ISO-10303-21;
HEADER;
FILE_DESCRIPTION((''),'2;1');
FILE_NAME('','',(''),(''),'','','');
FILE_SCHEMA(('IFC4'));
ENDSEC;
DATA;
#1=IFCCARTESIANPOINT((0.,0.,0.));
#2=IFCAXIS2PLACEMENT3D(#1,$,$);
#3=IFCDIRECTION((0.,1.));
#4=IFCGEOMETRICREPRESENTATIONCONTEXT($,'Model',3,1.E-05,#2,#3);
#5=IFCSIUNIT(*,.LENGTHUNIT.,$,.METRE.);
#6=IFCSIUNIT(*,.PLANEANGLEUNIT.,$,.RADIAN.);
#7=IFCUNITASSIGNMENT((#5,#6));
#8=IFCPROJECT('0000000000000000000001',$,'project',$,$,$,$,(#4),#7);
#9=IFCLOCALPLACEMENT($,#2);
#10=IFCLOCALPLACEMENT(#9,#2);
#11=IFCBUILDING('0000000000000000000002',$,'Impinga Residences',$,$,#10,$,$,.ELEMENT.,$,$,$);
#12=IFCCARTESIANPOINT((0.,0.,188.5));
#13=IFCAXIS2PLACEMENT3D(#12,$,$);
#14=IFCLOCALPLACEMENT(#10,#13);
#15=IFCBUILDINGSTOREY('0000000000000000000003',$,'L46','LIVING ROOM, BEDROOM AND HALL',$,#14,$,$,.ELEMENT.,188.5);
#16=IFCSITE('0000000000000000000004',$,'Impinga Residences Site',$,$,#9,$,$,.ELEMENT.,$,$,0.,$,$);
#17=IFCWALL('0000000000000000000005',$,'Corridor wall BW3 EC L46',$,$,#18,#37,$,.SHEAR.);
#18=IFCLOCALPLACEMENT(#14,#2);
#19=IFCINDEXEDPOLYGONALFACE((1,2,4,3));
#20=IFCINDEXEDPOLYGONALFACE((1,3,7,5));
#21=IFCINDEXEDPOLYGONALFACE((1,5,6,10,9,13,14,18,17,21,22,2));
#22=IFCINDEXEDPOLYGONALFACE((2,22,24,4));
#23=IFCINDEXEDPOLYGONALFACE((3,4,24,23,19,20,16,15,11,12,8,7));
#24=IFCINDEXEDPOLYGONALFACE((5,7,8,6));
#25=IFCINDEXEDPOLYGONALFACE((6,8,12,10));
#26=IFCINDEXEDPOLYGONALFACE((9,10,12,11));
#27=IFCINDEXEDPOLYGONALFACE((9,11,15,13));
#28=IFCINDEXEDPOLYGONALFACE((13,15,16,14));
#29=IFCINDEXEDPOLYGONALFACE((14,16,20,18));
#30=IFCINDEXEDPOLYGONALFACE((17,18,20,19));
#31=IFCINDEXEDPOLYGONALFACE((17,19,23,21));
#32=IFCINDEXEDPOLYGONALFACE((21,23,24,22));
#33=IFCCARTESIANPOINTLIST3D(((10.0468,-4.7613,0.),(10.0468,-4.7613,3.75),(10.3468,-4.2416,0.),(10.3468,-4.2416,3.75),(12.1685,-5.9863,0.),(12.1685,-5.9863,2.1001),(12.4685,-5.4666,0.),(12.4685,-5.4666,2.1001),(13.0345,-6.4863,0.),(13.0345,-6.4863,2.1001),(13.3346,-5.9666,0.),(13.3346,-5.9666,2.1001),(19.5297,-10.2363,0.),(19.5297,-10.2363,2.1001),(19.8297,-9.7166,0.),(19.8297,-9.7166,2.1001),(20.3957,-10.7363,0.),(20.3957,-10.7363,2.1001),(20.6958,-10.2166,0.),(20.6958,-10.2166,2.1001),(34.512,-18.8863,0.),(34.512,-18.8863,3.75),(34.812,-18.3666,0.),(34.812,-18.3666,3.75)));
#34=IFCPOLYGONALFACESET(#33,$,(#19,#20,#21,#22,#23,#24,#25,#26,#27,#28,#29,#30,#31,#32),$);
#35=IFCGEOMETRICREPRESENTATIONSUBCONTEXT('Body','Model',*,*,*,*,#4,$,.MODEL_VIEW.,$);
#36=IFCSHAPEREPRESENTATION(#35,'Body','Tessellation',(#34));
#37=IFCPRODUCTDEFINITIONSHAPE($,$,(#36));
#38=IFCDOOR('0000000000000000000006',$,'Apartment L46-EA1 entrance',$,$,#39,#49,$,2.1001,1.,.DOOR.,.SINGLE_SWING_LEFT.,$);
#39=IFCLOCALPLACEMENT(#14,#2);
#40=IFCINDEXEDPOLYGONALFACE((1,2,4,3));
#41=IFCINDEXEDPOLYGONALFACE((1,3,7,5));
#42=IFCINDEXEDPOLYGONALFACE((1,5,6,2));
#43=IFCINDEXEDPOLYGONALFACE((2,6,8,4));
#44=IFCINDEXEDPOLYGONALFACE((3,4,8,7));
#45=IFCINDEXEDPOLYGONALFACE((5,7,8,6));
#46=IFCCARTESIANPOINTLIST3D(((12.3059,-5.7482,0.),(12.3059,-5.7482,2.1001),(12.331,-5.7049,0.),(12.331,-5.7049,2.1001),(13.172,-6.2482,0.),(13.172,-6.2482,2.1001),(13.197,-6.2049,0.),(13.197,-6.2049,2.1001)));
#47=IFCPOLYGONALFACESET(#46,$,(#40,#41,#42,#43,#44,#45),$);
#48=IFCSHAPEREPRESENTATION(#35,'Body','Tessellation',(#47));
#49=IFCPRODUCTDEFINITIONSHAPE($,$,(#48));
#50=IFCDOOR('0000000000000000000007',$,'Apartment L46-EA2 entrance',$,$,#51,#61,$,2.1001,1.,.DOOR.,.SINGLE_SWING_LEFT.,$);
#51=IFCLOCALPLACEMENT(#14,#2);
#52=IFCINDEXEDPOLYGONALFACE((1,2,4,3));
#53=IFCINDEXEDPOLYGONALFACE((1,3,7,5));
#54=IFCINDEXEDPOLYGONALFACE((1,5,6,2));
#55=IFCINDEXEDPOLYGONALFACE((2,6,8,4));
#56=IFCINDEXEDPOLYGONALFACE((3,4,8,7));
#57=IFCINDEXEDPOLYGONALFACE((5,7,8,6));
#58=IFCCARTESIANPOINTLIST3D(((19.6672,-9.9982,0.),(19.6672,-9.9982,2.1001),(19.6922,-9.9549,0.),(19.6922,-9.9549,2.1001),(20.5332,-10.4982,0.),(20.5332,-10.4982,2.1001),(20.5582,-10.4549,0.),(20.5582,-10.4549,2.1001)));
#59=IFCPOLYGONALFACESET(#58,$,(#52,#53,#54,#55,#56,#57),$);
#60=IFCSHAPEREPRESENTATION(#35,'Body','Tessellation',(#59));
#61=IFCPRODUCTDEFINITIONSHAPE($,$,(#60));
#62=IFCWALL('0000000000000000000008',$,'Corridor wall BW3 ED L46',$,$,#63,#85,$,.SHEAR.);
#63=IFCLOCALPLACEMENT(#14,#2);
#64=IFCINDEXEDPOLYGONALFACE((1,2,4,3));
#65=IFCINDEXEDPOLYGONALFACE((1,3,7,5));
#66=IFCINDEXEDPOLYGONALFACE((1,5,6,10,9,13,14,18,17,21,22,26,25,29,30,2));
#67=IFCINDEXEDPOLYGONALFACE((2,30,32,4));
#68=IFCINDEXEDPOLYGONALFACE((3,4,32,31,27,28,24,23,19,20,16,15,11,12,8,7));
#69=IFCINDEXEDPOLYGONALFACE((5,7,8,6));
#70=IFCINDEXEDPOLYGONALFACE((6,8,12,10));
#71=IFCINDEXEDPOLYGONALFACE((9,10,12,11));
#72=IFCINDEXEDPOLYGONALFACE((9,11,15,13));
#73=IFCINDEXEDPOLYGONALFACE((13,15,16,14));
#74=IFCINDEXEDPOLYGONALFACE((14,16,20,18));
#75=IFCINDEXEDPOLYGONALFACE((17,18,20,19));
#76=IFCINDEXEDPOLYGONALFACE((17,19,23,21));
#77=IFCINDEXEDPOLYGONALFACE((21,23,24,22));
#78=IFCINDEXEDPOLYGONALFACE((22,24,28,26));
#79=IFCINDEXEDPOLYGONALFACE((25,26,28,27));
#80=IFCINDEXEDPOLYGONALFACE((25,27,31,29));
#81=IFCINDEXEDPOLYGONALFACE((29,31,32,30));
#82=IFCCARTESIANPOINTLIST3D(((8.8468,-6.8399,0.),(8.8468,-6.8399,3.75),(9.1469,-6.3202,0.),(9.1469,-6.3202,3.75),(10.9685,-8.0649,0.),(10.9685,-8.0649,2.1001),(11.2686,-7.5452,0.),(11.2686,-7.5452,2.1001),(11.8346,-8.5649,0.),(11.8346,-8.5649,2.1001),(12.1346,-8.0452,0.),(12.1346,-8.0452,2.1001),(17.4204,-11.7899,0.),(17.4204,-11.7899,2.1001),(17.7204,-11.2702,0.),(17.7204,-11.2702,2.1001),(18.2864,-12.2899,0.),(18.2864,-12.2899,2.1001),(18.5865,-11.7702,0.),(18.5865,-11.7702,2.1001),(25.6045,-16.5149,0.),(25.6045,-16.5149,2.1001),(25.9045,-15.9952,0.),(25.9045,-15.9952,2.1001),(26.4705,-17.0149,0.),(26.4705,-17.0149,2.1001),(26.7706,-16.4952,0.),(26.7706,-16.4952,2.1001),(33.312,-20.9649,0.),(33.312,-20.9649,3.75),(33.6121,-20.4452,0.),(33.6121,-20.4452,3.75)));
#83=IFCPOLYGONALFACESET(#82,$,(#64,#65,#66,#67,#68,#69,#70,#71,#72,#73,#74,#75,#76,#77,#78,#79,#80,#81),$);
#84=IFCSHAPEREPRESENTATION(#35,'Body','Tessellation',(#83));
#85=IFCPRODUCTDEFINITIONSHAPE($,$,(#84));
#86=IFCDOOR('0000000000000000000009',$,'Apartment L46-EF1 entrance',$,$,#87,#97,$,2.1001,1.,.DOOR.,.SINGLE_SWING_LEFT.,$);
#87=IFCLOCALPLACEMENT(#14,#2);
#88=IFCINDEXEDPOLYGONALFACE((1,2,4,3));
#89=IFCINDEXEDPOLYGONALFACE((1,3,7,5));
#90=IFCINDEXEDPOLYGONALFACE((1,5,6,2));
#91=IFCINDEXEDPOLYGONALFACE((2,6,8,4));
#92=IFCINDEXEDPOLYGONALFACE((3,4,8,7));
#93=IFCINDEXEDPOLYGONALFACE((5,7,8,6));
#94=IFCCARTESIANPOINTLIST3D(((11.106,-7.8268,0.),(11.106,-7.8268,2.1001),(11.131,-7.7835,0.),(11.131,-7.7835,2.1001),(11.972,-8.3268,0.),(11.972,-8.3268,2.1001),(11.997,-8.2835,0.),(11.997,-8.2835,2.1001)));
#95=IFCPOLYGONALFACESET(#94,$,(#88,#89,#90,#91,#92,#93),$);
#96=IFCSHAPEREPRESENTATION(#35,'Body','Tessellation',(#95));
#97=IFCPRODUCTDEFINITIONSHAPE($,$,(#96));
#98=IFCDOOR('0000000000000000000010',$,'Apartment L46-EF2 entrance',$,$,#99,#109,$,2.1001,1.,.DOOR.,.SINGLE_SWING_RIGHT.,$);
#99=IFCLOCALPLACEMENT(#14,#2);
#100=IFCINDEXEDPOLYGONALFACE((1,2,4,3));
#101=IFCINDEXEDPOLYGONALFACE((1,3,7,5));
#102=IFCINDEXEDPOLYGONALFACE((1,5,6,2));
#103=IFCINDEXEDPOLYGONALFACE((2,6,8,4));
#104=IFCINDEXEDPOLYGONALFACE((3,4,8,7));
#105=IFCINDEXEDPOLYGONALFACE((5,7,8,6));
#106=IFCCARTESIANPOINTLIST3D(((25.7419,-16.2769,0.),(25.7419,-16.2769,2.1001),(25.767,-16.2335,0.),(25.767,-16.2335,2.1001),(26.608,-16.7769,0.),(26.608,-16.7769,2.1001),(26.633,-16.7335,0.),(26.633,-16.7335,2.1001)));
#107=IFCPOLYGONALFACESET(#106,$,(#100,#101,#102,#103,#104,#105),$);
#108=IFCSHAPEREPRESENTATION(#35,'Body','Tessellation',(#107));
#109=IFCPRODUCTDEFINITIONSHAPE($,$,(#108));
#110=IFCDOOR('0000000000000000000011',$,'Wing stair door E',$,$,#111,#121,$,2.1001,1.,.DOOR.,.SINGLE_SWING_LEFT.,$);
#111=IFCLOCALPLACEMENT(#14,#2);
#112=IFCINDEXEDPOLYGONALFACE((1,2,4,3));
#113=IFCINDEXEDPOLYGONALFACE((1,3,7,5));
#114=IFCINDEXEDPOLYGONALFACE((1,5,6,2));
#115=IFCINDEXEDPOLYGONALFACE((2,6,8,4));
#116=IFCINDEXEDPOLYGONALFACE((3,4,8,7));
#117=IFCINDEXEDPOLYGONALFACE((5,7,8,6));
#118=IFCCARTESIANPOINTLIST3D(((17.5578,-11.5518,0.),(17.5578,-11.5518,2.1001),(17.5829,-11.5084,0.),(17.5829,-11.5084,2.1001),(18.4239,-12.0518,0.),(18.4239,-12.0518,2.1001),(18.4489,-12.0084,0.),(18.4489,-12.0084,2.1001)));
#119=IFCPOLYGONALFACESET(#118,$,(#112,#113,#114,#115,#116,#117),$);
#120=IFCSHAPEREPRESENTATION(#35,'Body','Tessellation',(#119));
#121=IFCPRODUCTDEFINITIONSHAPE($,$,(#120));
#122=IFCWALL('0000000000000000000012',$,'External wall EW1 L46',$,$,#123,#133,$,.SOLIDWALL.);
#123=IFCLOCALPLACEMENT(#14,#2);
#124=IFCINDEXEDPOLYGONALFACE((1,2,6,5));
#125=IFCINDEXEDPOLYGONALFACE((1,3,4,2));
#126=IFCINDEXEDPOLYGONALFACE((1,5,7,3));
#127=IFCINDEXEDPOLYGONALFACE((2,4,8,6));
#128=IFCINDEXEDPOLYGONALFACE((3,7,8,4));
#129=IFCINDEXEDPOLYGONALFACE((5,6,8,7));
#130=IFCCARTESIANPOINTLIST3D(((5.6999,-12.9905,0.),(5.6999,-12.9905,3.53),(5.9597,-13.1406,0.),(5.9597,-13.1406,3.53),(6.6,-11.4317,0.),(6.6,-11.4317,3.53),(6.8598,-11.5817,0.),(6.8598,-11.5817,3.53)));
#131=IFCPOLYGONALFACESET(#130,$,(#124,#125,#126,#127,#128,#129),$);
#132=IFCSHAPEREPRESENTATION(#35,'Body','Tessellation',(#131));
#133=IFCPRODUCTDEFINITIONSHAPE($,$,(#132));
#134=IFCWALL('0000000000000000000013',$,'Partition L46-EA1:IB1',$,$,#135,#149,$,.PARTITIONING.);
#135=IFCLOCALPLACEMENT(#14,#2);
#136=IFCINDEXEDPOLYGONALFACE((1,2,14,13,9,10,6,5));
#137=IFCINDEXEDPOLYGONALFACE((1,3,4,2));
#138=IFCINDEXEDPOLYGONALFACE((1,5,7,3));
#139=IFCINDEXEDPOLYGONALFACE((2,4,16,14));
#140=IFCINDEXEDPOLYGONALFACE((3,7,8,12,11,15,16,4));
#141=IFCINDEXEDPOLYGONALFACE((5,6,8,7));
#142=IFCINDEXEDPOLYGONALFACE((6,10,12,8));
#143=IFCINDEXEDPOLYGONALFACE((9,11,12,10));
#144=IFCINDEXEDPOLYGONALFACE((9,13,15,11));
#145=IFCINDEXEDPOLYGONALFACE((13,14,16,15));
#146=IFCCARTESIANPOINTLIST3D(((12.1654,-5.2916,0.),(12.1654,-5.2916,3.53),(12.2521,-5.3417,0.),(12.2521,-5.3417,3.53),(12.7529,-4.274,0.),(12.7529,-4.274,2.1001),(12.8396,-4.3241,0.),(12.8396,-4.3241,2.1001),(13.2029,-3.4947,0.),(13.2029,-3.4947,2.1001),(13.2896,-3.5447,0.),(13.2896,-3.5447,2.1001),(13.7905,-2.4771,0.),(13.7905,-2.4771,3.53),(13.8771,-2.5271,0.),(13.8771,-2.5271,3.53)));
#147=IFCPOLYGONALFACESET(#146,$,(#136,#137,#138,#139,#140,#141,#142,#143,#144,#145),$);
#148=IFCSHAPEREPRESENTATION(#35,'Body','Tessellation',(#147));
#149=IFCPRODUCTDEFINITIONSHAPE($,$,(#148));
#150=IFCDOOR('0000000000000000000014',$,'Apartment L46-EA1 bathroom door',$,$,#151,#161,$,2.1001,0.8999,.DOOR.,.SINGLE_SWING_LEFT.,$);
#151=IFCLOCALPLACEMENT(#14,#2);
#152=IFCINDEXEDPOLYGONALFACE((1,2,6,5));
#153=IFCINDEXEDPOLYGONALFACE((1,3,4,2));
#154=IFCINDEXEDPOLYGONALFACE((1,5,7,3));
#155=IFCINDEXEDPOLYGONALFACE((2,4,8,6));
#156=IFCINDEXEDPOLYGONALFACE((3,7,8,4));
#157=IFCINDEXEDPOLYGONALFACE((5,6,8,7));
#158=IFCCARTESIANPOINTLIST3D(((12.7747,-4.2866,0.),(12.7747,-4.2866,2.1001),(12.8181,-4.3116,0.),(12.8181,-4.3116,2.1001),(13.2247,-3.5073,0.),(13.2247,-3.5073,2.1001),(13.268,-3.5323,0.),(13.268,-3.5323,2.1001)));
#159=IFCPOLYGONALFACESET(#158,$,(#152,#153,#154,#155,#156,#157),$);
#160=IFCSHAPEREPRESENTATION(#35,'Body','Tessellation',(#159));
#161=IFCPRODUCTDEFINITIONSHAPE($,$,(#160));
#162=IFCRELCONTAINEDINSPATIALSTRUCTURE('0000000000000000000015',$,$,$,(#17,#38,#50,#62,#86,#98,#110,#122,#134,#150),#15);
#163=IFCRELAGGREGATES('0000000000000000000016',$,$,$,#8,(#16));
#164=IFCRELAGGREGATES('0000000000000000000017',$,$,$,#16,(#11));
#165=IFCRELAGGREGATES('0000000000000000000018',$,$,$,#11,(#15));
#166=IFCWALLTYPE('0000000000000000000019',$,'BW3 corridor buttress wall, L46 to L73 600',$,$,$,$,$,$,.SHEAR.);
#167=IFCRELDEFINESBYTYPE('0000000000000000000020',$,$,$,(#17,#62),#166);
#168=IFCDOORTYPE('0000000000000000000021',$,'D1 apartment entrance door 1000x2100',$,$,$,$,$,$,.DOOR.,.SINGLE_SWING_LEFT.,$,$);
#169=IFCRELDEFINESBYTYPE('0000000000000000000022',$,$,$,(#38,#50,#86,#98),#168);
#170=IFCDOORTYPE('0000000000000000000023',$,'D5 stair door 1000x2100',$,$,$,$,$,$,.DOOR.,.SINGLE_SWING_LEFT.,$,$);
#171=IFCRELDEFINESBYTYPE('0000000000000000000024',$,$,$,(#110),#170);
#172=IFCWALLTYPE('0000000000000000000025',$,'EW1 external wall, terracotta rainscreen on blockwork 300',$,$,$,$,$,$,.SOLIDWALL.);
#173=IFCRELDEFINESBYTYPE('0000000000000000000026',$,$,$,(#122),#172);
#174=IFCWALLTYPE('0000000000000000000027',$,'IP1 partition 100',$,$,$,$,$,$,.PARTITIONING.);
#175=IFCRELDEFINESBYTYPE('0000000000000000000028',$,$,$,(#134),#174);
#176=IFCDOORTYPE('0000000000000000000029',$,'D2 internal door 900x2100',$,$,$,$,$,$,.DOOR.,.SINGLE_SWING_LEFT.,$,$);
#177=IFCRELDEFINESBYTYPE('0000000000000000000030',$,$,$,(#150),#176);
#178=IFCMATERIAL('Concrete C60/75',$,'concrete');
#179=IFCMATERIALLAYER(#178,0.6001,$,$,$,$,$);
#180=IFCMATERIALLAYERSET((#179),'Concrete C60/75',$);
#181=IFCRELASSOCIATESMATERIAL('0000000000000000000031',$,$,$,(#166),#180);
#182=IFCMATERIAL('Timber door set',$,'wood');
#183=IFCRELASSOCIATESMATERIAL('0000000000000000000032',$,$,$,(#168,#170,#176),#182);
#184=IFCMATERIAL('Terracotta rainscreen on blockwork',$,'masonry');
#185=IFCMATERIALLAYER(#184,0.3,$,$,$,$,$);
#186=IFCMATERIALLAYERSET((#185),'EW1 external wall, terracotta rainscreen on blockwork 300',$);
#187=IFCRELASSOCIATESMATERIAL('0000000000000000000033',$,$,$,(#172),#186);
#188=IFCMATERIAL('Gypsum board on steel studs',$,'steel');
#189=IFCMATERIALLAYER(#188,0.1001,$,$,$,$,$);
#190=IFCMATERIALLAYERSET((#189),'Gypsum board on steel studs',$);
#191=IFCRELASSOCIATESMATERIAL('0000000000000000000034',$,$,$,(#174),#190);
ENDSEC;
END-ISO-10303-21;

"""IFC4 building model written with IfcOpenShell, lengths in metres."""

from ifc_helpers import new_model, si_unit, direction, frame, frame_2d, origin, place, context, subcontext, project, spatial, rectangle, extrude, material, layer, layer_set, type_object, element, fill, save


model = new_model("IFC4")

# Units and contexts
model_context = context("Model", 3, precision=1e-05, world=origin(), true_north=direction((0.0, 1.0)))
body_context = subcontext(model_context, "Body", "Model", "MODEL_VIEW")
ifc_project = project(units=[si_unit("LENGTHUNIT", "METRE"), si_unit("PLANEANGLEUNIT", "RADIAN")], contexts=[model_context])

# Site, building, storey
site_placement = place(None, origin())
site = spatial("IfcSite", under=ifc_project, at=site_placement, Name="Impinga Residences Site", CompositionType="ELEMENT", RefElevation=0.0)
building_placement = place(site_placement, origin())
building = spatial("IfcBuilding", under=site, at=building_placement, Name="Impinga Residences", CompositionType="ELEMENT")
storey_placement = place(building_placement, frame((0.0, 0.0, 188.5)))
storey = spatial("IfcBuildingStorey", under=building, at=storey_placement, Name="L46", Description="LIVING ROOM, BEDROOM AND HALL", CompositionType="ELEMENT", Elevation=188.5)

# Walls, openings, doors
ifc_material_1 = material(Name="Concrete C60/75", Category="concrete")
ifc_layer_1 = layer(ifc_material_1, 0.6001)
ifc_layer_set_1 = layer_set([ifc_layer_1], Name="Concrete C60/75")
wall_type_1 = type_object("IfcWallType", Name="BW3 corridor buttress wall, L46 to L73 600", PredefinedType="SHEAR", material=ifc_layer_set_1)
wall_1_placement = place(storey_placement, frame((10.1968, -4.5015, 0.0), z_axis=(0.0, 0.0, 1.0), x_axis=(0.866026, -0.499998, 0.0)))
wall_1 = element("IfcWall", 1, at=wall_1_placement, inside=storey, type_object=wall_type_1, Name="Corridor wall BW3 EC L46", PredefinedType="SHEAR", context=body_context, shape_type="SweptSolid", body=[
    extrude(rectangle(XDim=28.25, YDim=0.6001, at=frame_2d((14.125, 0.0))), origin(), (0.0, 0.0, 1.0), 3.75),
])
opening_1_placement = place(wall_1_placement, frame((2.45, 0.0, 0.0)))
opening_1 = element("IfcOpeningElement", 2, at=opening_1_placement, cuts=wall_1, PredefinedType="OPENING", context=body_context, shape_type="SweptSolid", body=[
    extrude(rectangle(XDim=1.0, YDim=2.1001, at=frame_2d((0.5, 1.05))), frame((0.0, 0.3101, 0.0), z_axis=(0.0, -1.0, 0.0), x_axis=(1.0, 0.0, 0.0)), (0.0, 0.0, 1.0), 0.6201),
])
opening_2_placement = place(wall_1_placement, frame((10.95, 0.0, 0.0)))
opening_2 = element("IfcOpeningElement", 3, at=opening_2_placement, cuts=wall_1, PredefinedType="OPENING", context=body_context, shape_type="SweptSolid", body=[
    extrude(rectangle(XDim=1.0, YDim=2.1001, at=frame_2d((0.5, 1.05))), frame((0.0, 0.3101, 0.0), z_axis=(0.0, -1.0, 0.0), x_axis=(1.0, 0.0, 0.0)), (0.0, 0.0, 1.0), 0.6201),
])
ifc_material_2 = material(Name="Timber door set", Category="wood")
door_type_1 = type_object("IfcDoorType", Name="D1 apartment entrance door 1000x2100", OperationType="SINGLE_SWING_LEFT", PredefinedType="DOOR", material=ifc_material_2)
door_1_placement = place(opening_1_placement, origin())
door_1 = element("IfcDoor", 4, at=door_1_placement, inside=storey, type_object=door_type_1, Name="Apartment L46-EA1 entrance", OperationType="SINGLE_SWING_LEFT", OverallHeight=2.1001, OverallWidth=1.0, PredefinedType="DOOR", context=body_context, shape_type="SweptSolid", body=[
    extrude(rectangle(XDim=1.0, YDim=2.1001, at=frame_2d((0.5, 1.05))), frame((0.0, 0.0249, 0.0), z_axis=(0.0, -1.0, 0.0), x_axis=(1.0, 0.0, 0.0)), (0.0, 0.0, 1.0), 0.05),
])
fill(opening_1, door_1)
door_2_placement = place(opening_2_placement, origin())
door_2 = element("IfcDoor", 5, at=door_2_placement, inside=storey, type_object=door_type_1, Name="Apartment L46-EA2 entrance", OperationType="SINGLE_SWING_LEFT", OverallHeight=2.1001, OverallWidth=1.0, PredefinedType="DOOR", context=body_context, shape_type="SweptSolid", body=[
    extrude(rectangle(XDim=1.0, YDim=2.1001, at=frame_2d((0.5, 1.05))), frame((0.0, 0.0249, 0.0), z_axis=(0.0, -1.0, 0.0), x_axis=(1.0, 0.0, 0.0)), (0.0, 0.0, 1.0), 0.05),
])
fill(opening_2, door_2)
wall_2_placement = place(storey_placement, frame((8.9968, -6.5801, 0.0), z_axis=(0.0, 0.0, 1.0), x_axis=(0.866026, -0.499998, 0.0)))
wall_2 = element("IfcWall", 6, at=wall_2_placement, inside=storey, type_object=wall_type_1, Name="Corridor wall BW3 ED L46", PredefinedType="SHEAR", context=body_context, shape_type="SweptSolid", body=[
    extrude(rectangle(XDim=28.25, YDim=0.6001, at=frame_2d((14.125, 0.0))), origin(), (0.0, 0.0, 1.0), 3.75),
])
opening_3_placement = place(wall_2_placement, frame((9.8999, 0.0, 0.0)))
opening_3 = element("IfcOpeningElement", 7, at=opening_3_placement, cuts=wall_2, PredefinedType="OPENING", context=body_context, shape_type="SweptSolid", body=[
    extrude(rectangle(XDim=1.0, YDim=2.1001, at=frame_2d((0.5, 1.05))), frame((0.0, 0.3101, 0.0), z_axis=(0.0, -1.0, 0.0), x_axis=(1.0, 0.0, 0.0)), (0.0, 0.0, 1.0), 0.6201),
])
opening_4_placement = place(wall_2_placement, frame((2.45, 0.0, 0.0)))
opening_4 = element("IfcOpeningElement", 8, at=opening_4_placement, cuts=wall_2, PredefinedType="OPENING", context=body_context, shape_type="SweptSolid", body=[
    extrude(rectangle(XDim=1.0, YDim=2.1001, at=frame_2d((0.5, 1.05))), frame((0.0, 0.3101, 0.0), z_axis=(0.0, -1.0, 0.0), x_axis=(1.0, 0.0, 0.0)), (0.0, 0.0, 1.0), 0.6201),
])
opening_5_placement = place(wall_2_placement, frame((19.3501, 0.0, 0.0)))
opening_5 = element("IfcOpeningElement", 9, at=opening_5_placement, cuts=wall_2, PredefinedType="OPENING", context=body_context, shape_type="SweptSolid", body=[
    extrude(rectangle(XDim=1.0, YDim=2.1001, at=frame_2d((0.5, 1.05))), frame((0.0, 0.3101, 0.0), z_axis=(0.0, -1.0, 0.0), x_axis=(1.0, 0.0, 0.0)), (0.0, 0.0, 1.0), 0.6201),
])
door_3_placement = place(opening_4_placement, origin())
door_3 = element("IfcDoor", 10, at=door_3_placement, inside=storey, type_object=door_type_1, Name="Apartment L46-EF1 entrance", OperationType="SINGLE_SWING_LEFT", OverallHeight=2.1001, OverallWidth=1.0, PredefinedType="DOOR", context=body_context, shape_type="SweptSolid", body=[
    extrude(rectangle(XDim=1.0, YDim=2.1001, at=frame_2d((0.5, 1.05))), frame((0.0, 0.0249, 0.0), z_axis=(0.0, -1.0, 0.0), x_axis=(1.0, 0.0, 0.0)), (0.0, 0.0, 1.0), 0.05),
])
fill(opening_4, door_3)
door_4_placement = place(opening_5_placement, origin())
door_4 = element("IfcDoor", 11, at=door_4_placement, inside=storey, type_object=door_type_1, Name="Apartment L46-EF2 entrance", OperationType="SINGLE_SWING_RIGHT", OverallHeight=2.1001, OverallWidth=1.0, PredefinedType="DOOR", context=body_context, shape_type="SweptSolid", body=[
    extrude(rectangle(XDim=1.0, YDim=2.1001, at=frame_2d((0.5, 1.05))), frame((0.0, 0.0249, 0.0), z_axis=(0.0, -1.0, 0.0), x_axis=(1.0, 0.0, 0.0)), (0.0, 0.0, 1.0), 0.05),
])
fill(opening_5, door_4)
door_type_2 = type_object("IfcDoorType", Name="D5 stair door 1000x2100", OperationType="SINGLE_SWING_LEFT", PredefinedType="DOOR", material=ifc_material_2)
door_5_placement = place(opening_3_placement, origin())
door_5 = element("IfcDoor", 12, at=door_5_placement, inside=storey, type_object=door_type_2, Name="Wing stair door E", OperationType="SINGLE_SWING_LEFT", OverallHeight=2.1001, OverallWidth=1.0, PredefinedType="DOOR", context=body_context, shape_type="SweptSolid", body=[
    extrude(rectangle(XDim=1.0, YDim=2.1001, at=frame_2d((0.5, 1.05))), frame((0.0, 0.0249, 0.0), z_axis=(0.0, -1.0, 0.0), x_axis=(1.0, 0.0, 0.0)), (0.0, 0.0, 1.0), 0.05),
])
fill(opening_3, door_5)

# Wall
ifc_material_3 = material(Name="Terracotta rainscreen on blockwork", Category="masonry")
ifc_layer_2 = layer(ifc_material_3, 0.3)
ifc_layer_set_2 = layer_set([ifc_layer_2], Name="EW1 external wall, terracotta rainscreen on blockwork 300")
wall_type_2 = type_object("IfcWallType", Name="EW1 external wall, terracotta rainscreen on blockwork 300", PredefinedType="SOLIDWALL", material=ifc_layer_set_2)
wall_3_placement = place(storey_placement, frame((5.8298, -13.0654, 0.0), z_axis=(0.0, 0.0, 1.0), x_axis=(0.500063, 0.865989, 0.0)))
element("IfcWall", 13, at=wall_3_placement, inside=storey, type_object=wall_type_2, Name="External wall EW1 L46", PredefinedType="SOLIDWALL", context=body_context, shape_type="SweptSolid", body=[
    extrude(rectangle(XDim=1.8, YDim=0.3, at=frame_2d((0.8999, 0.0))), origin(), (0.0, 0.0, 1.0), 3.53),
])

# Wall, opening, door
ifc_material_4 = material(Name="Gypsum board on steel studs", Category="steel")
ifc_layer_3 = layer(ifc_material_4, 0.1001)
ifc_layer_set_3 = layer_set([ifc_layer_3], Name="Gypsum board on steel studs")
wall_type_3 = type_object("IfcWallType", Name="IP1 partition 100", PredefinedType="PARTITIONING", material=ifc_layer_set_3)
wall_4_placement = place(storey_placement, frame((12.2087, -5.3167, 0.0), z_axis=(0.0, 0.0, 1.0), x_axis=(0.500017, 0.866015, 0.0)))
wall_4 = element("IfcWall", 14, at=wall_4_placement, inside=storey, type_object=wall_type_3, Name="Partition L46-EA1:IB1", PredefinedType="PARTITIONING", context=body_context, shape_type="SweptSolid", body=[
    extrude(rectangle(XDim=3.25, YDim=0.1001, at=frame_2d((1.625, 0.0))), origin(), (0.0, 0.0, 1.0), 3.53),
])
opening_6_placement = place(wall_4_placement, frame((1.175, 0.0, 0.0)))
opening_6 = element("IfcOpeningElement", 15, at=opening_6_placement, cuts=wall_4, PredefinedType="OPENING", context=body_context, shape_type="SweptSolid", body=[
    extrude(rectangle(XDim=0.8999, YDim=2.1001, at=frame_2d((0.45, 1.05))), frame((0.0, 0.0601, 0.0), z_axis=(0.0, -1.0, 0.0), x_axis=(1.0, 0.0, 0.0)), (0.0, 0.0, 1.0), 0.1201),
])
door_type_3 = type_object("IfcDoorType", Name="D2 internal door 900x2100", OperationType="SINGLE_SWING_LEFT", PredefinedType="DOOR", material=ifc_material_2)
door_6_placement = place(opening_6_placement, origin())
door_6 = element("IfcDoor", 16, at=door_6_placement, inside=storey, type_object=door_type_3, Name="Apartment L46-EA1 bathroom door", OperationType="SINGLE_SWING_LEFT", OverallHeight=2.1001, OverallWidth=0.8999, PredefinedType="DOOR", context=body_context, shape_type="SweptSolid", body=[
    extrude(rectangle(XDim=0.8999, YDim=2.1001, at=frame_2d((0.45, 1.05))), frame((0.0, 0.0249, 0.0), z_axis=(0.0, -1.0, 0.0), x_axis=(1.0, 0.0, 0.0)), (0.0, 0.0, 1.0), 0.05),
])
fill(opening_6, door_6)

save(model, "model.ifc")
